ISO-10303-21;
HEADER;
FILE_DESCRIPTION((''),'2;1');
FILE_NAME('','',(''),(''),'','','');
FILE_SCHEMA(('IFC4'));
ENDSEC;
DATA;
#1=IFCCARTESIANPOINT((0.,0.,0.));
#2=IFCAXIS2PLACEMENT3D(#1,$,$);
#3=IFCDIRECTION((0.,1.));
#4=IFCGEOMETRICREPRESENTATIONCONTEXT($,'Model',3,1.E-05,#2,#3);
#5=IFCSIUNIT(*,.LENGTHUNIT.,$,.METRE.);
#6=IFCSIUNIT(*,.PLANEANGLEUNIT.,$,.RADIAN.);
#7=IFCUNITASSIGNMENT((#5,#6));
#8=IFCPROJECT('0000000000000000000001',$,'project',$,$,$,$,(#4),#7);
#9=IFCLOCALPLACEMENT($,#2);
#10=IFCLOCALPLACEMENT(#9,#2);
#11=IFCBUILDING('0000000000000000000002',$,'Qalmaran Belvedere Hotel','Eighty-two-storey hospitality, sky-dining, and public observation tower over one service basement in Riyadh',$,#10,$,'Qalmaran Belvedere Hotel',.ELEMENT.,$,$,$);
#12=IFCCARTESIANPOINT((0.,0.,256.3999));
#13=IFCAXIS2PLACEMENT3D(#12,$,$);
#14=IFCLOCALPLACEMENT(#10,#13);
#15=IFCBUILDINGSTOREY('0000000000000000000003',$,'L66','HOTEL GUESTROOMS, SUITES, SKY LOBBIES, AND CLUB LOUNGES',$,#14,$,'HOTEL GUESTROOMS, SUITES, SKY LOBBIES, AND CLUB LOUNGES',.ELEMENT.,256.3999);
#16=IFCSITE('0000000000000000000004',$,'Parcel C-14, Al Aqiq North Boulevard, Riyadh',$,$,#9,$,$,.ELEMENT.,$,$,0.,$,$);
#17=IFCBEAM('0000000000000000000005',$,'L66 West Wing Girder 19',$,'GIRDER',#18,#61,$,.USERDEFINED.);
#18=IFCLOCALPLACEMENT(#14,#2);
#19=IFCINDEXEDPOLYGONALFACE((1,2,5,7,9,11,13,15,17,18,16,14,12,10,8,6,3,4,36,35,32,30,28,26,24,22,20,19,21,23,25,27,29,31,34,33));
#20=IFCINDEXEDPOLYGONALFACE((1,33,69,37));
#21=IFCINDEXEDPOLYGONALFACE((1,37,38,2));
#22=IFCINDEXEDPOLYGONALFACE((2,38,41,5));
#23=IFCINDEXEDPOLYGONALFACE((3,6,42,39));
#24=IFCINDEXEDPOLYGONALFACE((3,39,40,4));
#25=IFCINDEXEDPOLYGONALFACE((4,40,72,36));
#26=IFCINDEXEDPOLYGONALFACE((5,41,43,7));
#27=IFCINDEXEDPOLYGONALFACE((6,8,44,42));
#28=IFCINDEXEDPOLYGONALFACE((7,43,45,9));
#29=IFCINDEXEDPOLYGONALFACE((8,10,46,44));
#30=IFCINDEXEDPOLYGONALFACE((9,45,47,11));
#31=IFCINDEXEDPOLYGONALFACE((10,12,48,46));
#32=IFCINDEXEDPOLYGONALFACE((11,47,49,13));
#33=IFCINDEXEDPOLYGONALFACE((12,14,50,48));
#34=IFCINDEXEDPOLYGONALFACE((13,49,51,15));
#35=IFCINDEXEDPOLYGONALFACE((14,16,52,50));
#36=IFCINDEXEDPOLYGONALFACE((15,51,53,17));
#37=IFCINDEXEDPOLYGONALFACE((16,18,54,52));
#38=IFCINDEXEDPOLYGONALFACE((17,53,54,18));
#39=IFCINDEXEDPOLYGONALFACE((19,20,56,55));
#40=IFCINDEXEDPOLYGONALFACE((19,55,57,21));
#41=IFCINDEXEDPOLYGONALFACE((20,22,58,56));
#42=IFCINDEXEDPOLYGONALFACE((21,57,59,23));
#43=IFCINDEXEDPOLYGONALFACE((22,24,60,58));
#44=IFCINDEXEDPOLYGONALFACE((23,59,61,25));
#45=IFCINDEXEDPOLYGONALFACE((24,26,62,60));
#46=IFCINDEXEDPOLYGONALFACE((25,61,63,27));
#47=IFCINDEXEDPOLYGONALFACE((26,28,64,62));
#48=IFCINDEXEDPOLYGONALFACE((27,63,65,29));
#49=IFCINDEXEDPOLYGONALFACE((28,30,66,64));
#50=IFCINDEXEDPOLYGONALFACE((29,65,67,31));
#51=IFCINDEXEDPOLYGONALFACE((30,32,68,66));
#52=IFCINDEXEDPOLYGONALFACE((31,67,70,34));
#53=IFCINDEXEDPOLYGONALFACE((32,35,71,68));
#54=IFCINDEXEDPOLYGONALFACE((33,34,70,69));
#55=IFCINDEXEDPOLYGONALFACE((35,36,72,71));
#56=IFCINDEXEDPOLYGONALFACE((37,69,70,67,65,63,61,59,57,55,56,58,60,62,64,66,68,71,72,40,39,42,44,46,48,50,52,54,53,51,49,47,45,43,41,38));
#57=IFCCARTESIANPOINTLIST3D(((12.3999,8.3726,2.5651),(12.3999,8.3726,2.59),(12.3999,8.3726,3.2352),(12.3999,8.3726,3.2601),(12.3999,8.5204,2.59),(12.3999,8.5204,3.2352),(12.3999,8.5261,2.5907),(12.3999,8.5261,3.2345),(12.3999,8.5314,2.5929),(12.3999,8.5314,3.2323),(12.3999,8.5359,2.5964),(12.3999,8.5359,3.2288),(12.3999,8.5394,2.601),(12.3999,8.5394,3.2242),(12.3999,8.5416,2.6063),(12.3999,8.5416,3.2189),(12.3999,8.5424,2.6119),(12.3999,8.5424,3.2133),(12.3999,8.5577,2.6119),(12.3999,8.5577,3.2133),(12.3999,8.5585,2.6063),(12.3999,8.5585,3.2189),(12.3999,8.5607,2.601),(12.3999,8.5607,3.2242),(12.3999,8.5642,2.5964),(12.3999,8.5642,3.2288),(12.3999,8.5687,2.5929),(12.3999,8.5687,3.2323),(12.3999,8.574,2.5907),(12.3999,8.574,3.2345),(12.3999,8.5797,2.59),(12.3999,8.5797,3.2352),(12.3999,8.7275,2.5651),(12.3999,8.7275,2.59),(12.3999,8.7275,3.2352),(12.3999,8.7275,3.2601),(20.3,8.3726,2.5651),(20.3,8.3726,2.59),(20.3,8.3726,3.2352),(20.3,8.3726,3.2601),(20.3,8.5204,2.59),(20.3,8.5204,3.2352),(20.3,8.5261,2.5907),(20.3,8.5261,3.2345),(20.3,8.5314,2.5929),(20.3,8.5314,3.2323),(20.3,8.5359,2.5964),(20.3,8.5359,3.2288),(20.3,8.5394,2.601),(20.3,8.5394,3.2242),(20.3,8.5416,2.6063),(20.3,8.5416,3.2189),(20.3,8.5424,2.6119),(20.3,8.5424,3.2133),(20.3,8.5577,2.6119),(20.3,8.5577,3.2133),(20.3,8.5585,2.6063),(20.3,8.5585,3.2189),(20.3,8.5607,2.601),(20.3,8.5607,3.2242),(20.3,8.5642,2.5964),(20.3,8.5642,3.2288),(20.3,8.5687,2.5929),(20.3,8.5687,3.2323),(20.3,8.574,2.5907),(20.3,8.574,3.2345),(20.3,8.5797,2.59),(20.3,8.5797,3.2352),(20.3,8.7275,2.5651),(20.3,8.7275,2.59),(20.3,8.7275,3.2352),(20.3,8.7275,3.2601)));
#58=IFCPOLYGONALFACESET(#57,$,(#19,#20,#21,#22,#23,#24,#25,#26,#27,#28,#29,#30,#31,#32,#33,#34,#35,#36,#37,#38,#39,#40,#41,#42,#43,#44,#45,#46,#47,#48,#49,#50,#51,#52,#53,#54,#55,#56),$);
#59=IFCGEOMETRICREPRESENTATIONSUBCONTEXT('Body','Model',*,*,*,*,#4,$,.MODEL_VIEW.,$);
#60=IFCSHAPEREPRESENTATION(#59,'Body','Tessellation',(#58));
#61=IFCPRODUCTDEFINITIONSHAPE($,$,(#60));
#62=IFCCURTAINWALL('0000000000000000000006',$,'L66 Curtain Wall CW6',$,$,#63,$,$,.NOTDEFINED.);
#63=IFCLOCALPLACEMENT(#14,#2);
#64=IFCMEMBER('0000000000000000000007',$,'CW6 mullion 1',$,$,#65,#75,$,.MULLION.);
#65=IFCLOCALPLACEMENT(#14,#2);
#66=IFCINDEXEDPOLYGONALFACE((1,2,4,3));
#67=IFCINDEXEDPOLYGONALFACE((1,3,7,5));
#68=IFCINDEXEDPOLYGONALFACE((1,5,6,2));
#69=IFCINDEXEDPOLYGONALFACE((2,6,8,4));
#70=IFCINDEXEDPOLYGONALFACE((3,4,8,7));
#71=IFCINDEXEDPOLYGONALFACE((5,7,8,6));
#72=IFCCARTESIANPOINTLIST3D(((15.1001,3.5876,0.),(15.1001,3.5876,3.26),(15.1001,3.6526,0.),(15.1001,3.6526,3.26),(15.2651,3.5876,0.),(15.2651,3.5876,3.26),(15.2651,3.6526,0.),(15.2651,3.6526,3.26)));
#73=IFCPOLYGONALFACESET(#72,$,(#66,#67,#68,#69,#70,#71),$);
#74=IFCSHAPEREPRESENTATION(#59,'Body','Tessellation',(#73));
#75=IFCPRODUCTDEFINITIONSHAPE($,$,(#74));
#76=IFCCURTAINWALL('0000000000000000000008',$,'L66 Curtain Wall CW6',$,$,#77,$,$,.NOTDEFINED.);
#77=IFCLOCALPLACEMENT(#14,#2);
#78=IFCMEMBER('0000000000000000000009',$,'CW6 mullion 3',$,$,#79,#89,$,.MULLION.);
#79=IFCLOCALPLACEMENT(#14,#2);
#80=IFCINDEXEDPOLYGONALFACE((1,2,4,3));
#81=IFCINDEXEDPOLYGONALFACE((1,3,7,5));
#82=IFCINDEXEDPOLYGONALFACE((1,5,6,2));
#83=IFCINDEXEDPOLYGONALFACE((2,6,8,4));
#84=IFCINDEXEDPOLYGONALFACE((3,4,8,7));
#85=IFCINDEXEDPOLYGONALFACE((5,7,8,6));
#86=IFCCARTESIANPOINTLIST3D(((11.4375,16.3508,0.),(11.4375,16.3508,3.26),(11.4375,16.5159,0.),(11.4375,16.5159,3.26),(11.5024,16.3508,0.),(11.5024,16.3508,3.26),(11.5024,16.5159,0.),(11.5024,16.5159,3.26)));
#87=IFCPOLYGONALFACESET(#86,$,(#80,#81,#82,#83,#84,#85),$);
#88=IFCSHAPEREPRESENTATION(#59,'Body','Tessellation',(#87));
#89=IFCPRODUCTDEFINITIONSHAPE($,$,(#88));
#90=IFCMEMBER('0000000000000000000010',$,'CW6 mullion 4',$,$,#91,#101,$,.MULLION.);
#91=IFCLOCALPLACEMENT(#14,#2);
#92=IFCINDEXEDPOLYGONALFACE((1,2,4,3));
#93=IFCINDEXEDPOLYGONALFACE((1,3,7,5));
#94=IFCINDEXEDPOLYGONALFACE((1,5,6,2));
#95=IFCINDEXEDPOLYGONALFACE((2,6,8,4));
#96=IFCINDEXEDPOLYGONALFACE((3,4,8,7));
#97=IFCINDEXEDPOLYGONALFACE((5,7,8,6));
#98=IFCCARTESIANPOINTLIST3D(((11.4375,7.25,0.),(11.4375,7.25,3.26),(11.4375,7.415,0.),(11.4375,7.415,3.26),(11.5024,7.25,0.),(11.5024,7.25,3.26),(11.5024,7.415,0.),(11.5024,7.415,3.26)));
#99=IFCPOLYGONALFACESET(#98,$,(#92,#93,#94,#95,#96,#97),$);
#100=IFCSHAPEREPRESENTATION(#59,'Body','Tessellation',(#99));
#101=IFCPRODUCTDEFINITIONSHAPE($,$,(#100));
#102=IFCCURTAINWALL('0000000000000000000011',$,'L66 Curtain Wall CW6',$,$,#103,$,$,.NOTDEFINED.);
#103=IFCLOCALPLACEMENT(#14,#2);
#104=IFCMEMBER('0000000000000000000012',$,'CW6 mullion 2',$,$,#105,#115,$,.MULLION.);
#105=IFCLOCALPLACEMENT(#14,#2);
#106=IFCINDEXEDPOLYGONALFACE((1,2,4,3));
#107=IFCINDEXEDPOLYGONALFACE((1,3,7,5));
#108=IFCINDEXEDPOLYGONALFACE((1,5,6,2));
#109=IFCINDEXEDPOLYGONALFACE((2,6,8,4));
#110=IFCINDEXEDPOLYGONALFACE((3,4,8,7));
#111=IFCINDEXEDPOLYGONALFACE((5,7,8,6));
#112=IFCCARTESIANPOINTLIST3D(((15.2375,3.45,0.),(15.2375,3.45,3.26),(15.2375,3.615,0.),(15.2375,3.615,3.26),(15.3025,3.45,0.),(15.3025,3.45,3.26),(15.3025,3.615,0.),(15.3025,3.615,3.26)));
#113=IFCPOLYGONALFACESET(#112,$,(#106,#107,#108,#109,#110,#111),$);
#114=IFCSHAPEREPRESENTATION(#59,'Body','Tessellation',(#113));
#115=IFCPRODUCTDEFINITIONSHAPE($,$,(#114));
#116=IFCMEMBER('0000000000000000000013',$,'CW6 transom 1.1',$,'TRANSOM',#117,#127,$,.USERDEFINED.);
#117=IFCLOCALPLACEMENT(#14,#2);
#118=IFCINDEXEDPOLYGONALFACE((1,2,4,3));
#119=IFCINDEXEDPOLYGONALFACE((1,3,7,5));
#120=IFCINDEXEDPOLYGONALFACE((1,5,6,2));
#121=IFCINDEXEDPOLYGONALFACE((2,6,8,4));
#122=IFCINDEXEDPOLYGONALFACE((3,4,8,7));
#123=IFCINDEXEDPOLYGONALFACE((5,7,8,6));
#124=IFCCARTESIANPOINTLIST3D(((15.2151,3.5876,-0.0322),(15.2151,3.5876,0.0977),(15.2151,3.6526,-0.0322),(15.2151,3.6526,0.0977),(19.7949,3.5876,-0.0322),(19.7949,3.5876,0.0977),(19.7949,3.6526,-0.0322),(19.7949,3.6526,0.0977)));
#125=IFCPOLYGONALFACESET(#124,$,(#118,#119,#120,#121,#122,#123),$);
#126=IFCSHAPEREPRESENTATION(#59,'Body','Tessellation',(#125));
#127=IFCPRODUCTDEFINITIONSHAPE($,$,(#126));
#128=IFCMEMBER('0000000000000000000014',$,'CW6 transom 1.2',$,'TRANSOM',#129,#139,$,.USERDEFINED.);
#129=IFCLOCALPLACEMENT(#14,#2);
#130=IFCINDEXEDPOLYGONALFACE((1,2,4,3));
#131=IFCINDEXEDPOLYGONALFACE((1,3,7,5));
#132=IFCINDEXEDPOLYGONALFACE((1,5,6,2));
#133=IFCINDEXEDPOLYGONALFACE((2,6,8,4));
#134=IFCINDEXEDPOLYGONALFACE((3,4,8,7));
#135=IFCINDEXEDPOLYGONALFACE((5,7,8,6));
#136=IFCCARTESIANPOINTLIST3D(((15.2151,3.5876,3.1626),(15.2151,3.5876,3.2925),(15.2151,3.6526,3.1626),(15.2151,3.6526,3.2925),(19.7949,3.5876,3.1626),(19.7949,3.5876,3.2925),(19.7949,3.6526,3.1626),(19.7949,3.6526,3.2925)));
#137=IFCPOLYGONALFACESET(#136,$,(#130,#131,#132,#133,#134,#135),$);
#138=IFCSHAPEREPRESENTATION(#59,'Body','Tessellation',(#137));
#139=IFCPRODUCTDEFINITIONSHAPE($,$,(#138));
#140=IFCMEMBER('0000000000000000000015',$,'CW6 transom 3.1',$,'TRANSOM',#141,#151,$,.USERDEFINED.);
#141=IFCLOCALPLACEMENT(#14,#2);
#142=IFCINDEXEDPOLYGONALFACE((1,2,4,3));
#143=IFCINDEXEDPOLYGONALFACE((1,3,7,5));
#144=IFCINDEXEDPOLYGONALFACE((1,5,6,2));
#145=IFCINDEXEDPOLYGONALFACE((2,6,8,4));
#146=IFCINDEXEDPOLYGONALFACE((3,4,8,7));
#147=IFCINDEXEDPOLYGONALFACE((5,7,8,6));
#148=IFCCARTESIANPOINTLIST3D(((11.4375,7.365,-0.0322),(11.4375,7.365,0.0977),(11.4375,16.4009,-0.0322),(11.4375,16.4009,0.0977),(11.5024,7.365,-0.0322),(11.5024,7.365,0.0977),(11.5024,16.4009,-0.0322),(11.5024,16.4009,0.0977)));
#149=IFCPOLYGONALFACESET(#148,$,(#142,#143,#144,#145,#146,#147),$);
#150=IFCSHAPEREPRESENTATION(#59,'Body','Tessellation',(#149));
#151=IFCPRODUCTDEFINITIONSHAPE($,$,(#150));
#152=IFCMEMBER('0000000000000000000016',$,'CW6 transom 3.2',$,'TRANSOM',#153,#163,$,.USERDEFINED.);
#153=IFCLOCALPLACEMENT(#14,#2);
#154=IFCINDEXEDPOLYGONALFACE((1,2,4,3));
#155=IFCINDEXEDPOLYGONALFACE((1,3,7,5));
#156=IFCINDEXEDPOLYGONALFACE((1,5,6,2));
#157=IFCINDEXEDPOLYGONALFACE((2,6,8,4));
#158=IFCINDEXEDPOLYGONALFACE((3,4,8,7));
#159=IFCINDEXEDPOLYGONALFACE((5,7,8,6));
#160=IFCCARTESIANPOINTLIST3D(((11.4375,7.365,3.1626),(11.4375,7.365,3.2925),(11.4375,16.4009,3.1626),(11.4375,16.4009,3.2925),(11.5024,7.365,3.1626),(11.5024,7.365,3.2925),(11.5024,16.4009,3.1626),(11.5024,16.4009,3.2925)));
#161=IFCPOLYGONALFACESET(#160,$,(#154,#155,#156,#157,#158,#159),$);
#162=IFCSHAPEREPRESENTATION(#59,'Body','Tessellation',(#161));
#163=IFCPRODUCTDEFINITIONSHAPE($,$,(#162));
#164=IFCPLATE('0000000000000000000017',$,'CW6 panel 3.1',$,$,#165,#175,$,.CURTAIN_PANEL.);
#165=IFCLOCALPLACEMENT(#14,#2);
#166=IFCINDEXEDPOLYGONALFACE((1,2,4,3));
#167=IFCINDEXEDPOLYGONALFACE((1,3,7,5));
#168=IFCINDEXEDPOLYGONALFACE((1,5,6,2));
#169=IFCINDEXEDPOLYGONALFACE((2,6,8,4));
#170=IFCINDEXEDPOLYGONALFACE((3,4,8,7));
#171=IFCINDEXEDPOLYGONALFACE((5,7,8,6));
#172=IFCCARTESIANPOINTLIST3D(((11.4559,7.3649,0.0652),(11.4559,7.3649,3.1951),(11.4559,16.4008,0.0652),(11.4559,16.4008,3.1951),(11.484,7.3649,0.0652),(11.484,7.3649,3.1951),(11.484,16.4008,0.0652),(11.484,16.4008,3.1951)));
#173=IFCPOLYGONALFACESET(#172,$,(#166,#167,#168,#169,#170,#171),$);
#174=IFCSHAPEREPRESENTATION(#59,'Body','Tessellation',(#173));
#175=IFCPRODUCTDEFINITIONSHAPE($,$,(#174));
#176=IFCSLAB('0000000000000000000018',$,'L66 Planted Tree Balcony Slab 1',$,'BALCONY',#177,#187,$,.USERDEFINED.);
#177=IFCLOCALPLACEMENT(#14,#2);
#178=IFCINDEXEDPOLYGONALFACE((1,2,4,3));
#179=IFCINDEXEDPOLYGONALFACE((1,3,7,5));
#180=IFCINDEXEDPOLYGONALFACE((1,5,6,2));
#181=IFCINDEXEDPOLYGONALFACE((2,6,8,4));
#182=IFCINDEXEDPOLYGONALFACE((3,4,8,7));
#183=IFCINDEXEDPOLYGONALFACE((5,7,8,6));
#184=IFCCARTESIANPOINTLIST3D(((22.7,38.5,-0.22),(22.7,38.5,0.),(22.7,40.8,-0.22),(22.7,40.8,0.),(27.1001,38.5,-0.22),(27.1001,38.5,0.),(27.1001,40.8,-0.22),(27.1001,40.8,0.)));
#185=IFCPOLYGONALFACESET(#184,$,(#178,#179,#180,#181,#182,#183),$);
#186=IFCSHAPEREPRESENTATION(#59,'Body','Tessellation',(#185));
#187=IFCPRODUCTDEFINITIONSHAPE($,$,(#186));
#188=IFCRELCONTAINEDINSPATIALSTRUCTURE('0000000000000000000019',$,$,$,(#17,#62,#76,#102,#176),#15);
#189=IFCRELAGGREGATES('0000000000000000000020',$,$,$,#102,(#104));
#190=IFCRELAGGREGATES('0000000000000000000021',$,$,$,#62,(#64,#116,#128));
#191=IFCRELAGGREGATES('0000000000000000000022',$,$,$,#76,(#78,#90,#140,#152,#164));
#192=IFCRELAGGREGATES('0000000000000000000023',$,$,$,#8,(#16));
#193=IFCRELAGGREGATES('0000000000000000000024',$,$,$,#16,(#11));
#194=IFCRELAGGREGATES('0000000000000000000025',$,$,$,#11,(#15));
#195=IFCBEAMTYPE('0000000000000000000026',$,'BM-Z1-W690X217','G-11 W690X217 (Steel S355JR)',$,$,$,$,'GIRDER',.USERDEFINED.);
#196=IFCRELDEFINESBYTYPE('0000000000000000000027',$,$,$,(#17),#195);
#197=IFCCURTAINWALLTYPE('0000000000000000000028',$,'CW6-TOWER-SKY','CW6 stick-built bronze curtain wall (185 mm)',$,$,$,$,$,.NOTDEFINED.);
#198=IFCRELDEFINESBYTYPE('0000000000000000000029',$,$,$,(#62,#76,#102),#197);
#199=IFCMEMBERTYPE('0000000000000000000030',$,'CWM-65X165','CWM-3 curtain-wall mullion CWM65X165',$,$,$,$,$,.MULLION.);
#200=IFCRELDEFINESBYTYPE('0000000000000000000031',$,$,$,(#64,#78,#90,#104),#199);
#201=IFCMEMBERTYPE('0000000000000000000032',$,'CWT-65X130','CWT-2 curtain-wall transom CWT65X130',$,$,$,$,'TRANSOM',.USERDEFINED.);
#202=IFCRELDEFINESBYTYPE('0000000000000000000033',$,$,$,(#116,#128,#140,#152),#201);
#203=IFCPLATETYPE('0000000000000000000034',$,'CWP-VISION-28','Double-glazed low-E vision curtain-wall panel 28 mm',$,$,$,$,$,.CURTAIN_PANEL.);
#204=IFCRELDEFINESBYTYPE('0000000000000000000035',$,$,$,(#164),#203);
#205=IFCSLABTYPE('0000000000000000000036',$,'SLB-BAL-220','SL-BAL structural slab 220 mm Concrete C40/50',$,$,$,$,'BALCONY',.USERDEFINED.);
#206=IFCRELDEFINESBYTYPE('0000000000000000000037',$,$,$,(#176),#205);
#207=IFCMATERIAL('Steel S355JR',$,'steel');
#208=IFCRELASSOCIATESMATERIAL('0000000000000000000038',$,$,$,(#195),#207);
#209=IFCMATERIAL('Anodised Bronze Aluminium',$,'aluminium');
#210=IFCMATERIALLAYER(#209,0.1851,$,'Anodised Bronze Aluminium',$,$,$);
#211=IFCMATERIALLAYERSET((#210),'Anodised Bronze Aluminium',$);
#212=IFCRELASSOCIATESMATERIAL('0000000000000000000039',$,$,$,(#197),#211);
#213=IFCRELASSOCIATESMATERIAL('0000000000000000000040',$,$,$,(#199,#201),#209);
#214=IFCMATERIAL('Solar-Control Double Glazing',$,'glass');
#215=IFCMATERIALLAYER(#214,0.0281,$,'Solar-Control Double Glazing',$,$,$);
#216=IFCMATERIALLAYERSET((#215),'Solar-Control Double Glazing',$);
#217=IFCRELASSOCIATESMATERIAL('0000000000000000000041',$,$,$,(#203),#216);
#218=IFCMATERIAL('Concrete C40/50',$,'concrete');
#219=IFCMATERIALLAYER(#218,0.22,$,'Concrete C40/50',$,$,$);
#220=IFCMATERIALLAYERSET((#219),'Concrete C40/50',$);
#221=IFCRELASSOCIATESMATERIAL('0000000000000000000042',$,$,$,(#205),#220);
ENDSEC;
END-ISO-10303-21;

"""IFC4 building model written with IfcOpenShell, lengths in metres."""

from ifc_helpers import new_model, si_unit, direction, frame, origin, origin_2d, place, context, subcontext, project, spatial, polyline, rectangle, i_section, outline, extrude, material, layer, layer_set, material_profile, profile_set, type_object, element, aggregate, save


model = new_model("IFC4")

# Units and contexts
model_context = context("Model", 3, precision=1e-05, world=origin(), true_north=direction((0.0, 1.0)))
body_context = subcontext(model_context, "Body", "Model", "MODEL_VIEW")
ifc_project = project(units=[si_unit("LENGTHUNIT", "METRE"), si_unit("PLANEANGLEUNIT", "RADIAN")], contexts=[model_context])

# Site, building, storey
site_placement = place(None, origin())
site = spatial("IfcSite", under=ifc_project, at=site_placement, Name="Parcel C-14, Al Aqiq North Boulevard, Riyadh", CompositionType="ELEMENT", RefElevation=0.0)
building_placement = place(site_placement, origin())
building = spatial("IfcBuilding", under=site, at=building_placement, Name="Qalmaran Belvedere Hotel", Description="Eighty-two-storey hospitality, sky-dining, and public observation tower over one service basement in Riyadh", LongName="Qalmaran Belvedere Hotel", CompositionType="ELEMENT")
storey_placement = place(building_placement, frame((0.0, 0.0, 256.3999)))
storey = spatial("IfcBuildingStorey", under=building, at=storey_placement, Name="L66", Description="HOTEL GUESTROOMS, SUITES, SKY LOBBIES, AND CLUB LOUNGES", LongName="HOTEL GUESTROOMS, SUITES, SKY LOBBIES, AND CLUB LOUNGES", CompositionType="ELEMENT", Elevation=256.3999)

# Beam
ifc_material_1 = material(Name="Steel S355JR", Category="steel")
ifc_material_profile_1 = material_profile(ifc_material_1, i_section(OverallWidth=0.355, OverallDepth=0.6951, WebThickness=0.0154, FlangeThickness=0.0249, FilletRadius=0.022, at=origin_2d()), Name="W690X217")
ifc_profile_set_1 = profile_set([ifc_material_profile_1], Name="Steel S355JR")
beam_type_1 = type_object("IfcBeamType", Name="BM-Z1-W690X217", Description="G-11 W690X217 (Steel S355JR)", ElementType="GIRDER", PredefinedType="USERDEFINED", material=ifc_profile_set_1)
beam_1_placement = place(storey_placement, frame((12.3999, 8.55, 2.9126), z_axis=(1.0, 0.0, 0.0), x_axis=(0.0, 1.0, 0.0)))
element("IfcBeam", 1, at=beam_1_placement, inside=storey, type_object=beam_type_1, Name="L66 West Wing Girder 19", ObjectType="GIRDER", PredefinedType="USERDEFINED", context=body_context, shape_type="SweptSolid", body=[
    extrude(i_section(OverallWidth=0.355, OverallDepth=0.6951, WebThickness=0.0154, FlangeThickness=0.0249, FilletRadius=0.022, at=origin_2d()), origin(), (0.0, 0.0, 1.0), 7.9001),
])

# Curtain wall, member
ifc_material_2 = material(Name="Anodised Bronze Aluminium", Category="aluminium")
ifc_layer_1 = layer(ifc_material_2, 0.1851, Name="Anodised Bronze Aluminium")
ifc_layer_set_1 = layer_set([ifc_layer_1], Name="Anodised Bronze Aluminium")
curtain_wall_type = type_object("IfcCurtainWallType", Name="CW6-TOWER-SKY", Description="CW6 stick-built bronze curtain wall (185 mm)", PredefinedType="NOTDEFINED", material=ifc_layer_set_1)
curtain_wall_1_placement = place(storey_placement, origin())
curtain_wall_1 = element("IfcCurtainWall", 2, at=curtain_wall_1_placement, inside=storey, type_object=curtain_wall_type, Name="L66 Curtain Wall CW6", PredefinedType="NOTDEFINED")
ifc_material_profile_2 = material_profile(ifc_material_2, rectangle(XDim=0.0649, YDim=0.165, at=origin_2d()), Name="CWM65X165")
ifc_profile_set_2 = profile_set([ifc_material_profile_2], Name="Anodised Bronze Aluminium")
member_type_1 = type_object("IfcMemberType", Name="CWM-65X165", Description="CWM-3 curtain-wall mullion CWM65X165", PredefinedType="MULLION", material=ifc_profile_set_2)
member_1_placement = place(storey_placement, frame((15.1826, 3.6201, 0.0), z_axis=(0.0, 0.0, 1.0), x_axis=(0.0, 1.0, 0.0)))
member_1 = element("IfcMember", 3, at=member_1_placement, type_object=member_type_1, Name="CW6 mullion 1", PredefinedType="MULLION", context=body_context, shape_type="SweptSolid", body=[
    extrude(rectangle(XDim=0.0649, YDim=0.165, at=origin_2d()), origin(), (0.0, 0.0, 1.0), 3.26),
])

# Curtain wall, members
curtain_wall_2_placement = place(storey_placement, origin())
curtain_wall_2 = element("IfcCurtainWall", 4, at=curtain_wall_2_placement, inside=storey, type_object=curtain_wall_type, Name="L66 Curtain Wall CW6", PredefinedType="NOTDEFINED")
member_2_placement = place(storey_placement, frame((11.47, 16.4333, 0.0), z_axis=(0.0, 0.0, 1.0), x_axis=(1.0, 0.0, 0.0)))
member_2 = element("IfcMember", 5, at=member_2_placement, type_object=member_type_1, Name="CW6 mullion 3", PredefinedType="MULLION", context=body_context, shape_type="SweptSolid", body=[
    extrude(rectangle(XDim=0.0649, YDim=0.165, at=origin_2d()), origin(), (0.0, 0.0, 1.0), 3.26),
])
member_3_placement = place(storey_placement, frame((11.47, 7.3325, 0.0), z_axis=(0.0, 0.0, 1.0), x_axis=(1.0, 0.0, 0.0)))
member_3 = element("IfcMember", 6, at=member_3_placement, type_object=member_type_1, Name="CW6 mullion 4", PredefinedType="MULLION", context=body_context, shape_type="SweptSolid", body=[
    extrude(rectangle(XDim=0.0649, YDim=0.165, at=origin_2d()), origin(), (0.0, 0.0, 1.0), 3.26),
])

# Curtain wall, member
curtain_wall_3_placement = place(storey_placement, origin())
curtain_wall_3 = element("IfcCurtainWall", 7, at=curtain_wall_3_placement, inside=storey, type_object=curtain_wall_type, Name="L66 Curtain Wall CW6", PredefinedType="NOTDEFINED")
member_4_placement = place(storey_placement, frame((15.27, 3.5325, 0.0), z_axis=(0.0, 0.0, 1.0), x_axis=(1.0, 0.0, 0.0)))
member_4 = element("IfcMember", 8, at=member_4_placement, type_object=member_type_1, Name="CW6 mullion 2", PredefinedType="MULLION", context=body_context, shape_type="SweptSolid", body=[
    extrude(rectangle(XDim=0.0649, YDim=0.165, at=origin_2d()), origin(), (0.0, 0.0, 1.0), 3.26),
])
aggregate(curtain_wall_3, [member_4])

# Members
ifc_material_profile_3 = material_profile(ifc_material_2, rectangle(XDim=0.0649, YDim=0.1299, at=origin_2d()), Name="CWT65X130")
ifc_profile_set_3 = profile_set([ifc_material_profile_3], Name="Anodised Bronze Aluminium")
member_type_2 = type_object("IfcMemberType", Name="CWT-65X130", Description="CWT-2 curtain-wall transom CWT65X130", ElementType="TRANSOM", PredefinedType="USERDEFINED", material=ifc_profile_set_3)
member_5_placement = place(storey_placement, frame((15.2151, 3.6201, 0.0327), z_axis=(1.0, 0.0, 0.0), x_axis=(0.0, 1.0, 0.0)))
member_5 = element("IfcMember", 9, at=member_5_placement, type_object=member_type_2, Name="CW6 transom 1.1", ObjectType="TRANSOM", PredefinedType="USERDEFINED", context=body_context, shape_type="SweptSolid", body=[
    extrude(rectangle(XDim=0.0649, YDim=0.1299, at=origin_2d()), origin(), (0.0, 0.0, 1.0), 4.5798),
])
member_6_placement = place(storey_placement, frame((15.2151, 3.6201, 3.2275), z_axis=(1.0, 0.0, 0.0), x_axis=(0.0, 1.0, 0.0)))
member_6 = element("IfcMember", 10, at=member_6_placement, type_object=member_type_2, Name="CW6 transom 1.2", ObjectType="TRANSOM", PredefinedType="USERDEFINED", context=body_context, shape_type="SweptSolid", body=[
    extrude(rectangle(XDim=0.0649, YDim=0.1299, at=origin_2d()), origin(), (0.0, 0.0, 1.0), 4.5798),
])
aggregate(curtain_wall_1, [member_1, member_5, member_6])
member_7_placement = place(storey_placement, frame((11.47, 16.4009, 0.0327), z_axis=(0.0, -1.0, 0.0), x_axis=(1.0, 0.0, 0.0)))
member_7 = element("IfcMember", 11, at=member_7_placement, type_object=member_type_2, Name="CW6 transom 3.1", ObjectType="TRANSOM", PredefinedType="USERDEFINED", context=body_context, shape_type="SweptSolid", body=[
    extrude(rectangle(XDim=0.0649, YDim=0.1299, at=origin_2d()), origin(), (0.0, 0.0, 1.0), 9.0359),
])
member_8_placement = place(storey_placement, frame((11.47, 16.4009, 3.2275), z_axis=(0.0, -1.0, 0.0), x_axis=(1.0, 0.0, 0.0)))
member_8 = element("IfcMember", 12, at=member_8_placement, type_object=member_type_2, Name="CW6 transom 3.2", ObjectType="TRANSOM", PredefinedType="USERDEFINED", context=body_context, shape_type="SweptSolid", body=[
    extrude(rectangle(XDim=0.0649, YDim=0.1299, at=origin_2d()), origin(), (0.0, 0.0, 1.0), 9.0359),
])

# Plate
ifc_material_3 = material(Name="Solar-Control Double Glazing", Category="glass")
ifc_layer_2 = layer(ifc_material_3, 0.0281, Name="Solar-Control Double Glazing")
ifc_layer_set_2 = layer_set([ifc_layer_2], Name="Solar-Control Double Glazing")
plate_type = type_object("IfcPlateType", Name="CWP-VISION-28", Description="Double-glazed low-E vision curtain-wall panel 28 mm", PredefinedType="CURTAIN_PANEL", material=ifc_layer_set_2)
plate_placement = place(storey_placement, frame((11.47, 11.8828, 0.0652), z_axis=(0.0, 0.0, 1.0), x_axis=(0.0, -1.0, 0.0)))
plate = element("IfcPlate", 13, at=plate_placement, type_object=plate_type, Name="CW6 panel 3.1", PredefinedType="CURTAIN_PANEL", context=body_context, shape_type="SweptSolid", body=[
    extrude(rectangle(XDim=9.0359, YDim=0.0281, at=origin_2d()), origin(), (0.0, 0.0, 1.0), 3.1299),
])
aggregate(curtain_wall_2, [member_2, member_3, member_7, member_8, plate])

# Slab
ifc_material_4 = material(Name="Concrete C40/50", Category="concrete")
ifc_layer_3 = layer(ifc_material_4, 0.22, Name="Concrete C40/50")
ifc_layer_set_3 = layer_set([ifc_layer_3], Name="Concrete C40/50")
slab_type_1 = type_object("IfcSlabType", Name="SLB-BAL-220", Description="SL-BAL structural slab 220 mm Concrete C40/50", ElementType="BALCONY", PredefinedType="USERDEFINED", material=ifc_layer_set_3)
slab_1_placement = place(storey_placement, frame((0.0, 0.0, -0.22)))
element("IfcSlab", 14, at=slab_1_placement, inside=storey, type_object=slab_type_1, Name="L66 Planted Tree Balcony Slab 1", ObjectType="BALCONY", PredefinedType="USERDEFINED", context=body_context, shape_type="SweptSolid", body=[
    extrude(outline(polyline([(22.7, 38.5), (27.1001, 38.5), (27.1001, 40.8), (22.7, 40.8), (22.7, 38.5)])), origin(), (0.0, 0.0, 1.0), 0.22),
])

save(model, "model.ifc")
